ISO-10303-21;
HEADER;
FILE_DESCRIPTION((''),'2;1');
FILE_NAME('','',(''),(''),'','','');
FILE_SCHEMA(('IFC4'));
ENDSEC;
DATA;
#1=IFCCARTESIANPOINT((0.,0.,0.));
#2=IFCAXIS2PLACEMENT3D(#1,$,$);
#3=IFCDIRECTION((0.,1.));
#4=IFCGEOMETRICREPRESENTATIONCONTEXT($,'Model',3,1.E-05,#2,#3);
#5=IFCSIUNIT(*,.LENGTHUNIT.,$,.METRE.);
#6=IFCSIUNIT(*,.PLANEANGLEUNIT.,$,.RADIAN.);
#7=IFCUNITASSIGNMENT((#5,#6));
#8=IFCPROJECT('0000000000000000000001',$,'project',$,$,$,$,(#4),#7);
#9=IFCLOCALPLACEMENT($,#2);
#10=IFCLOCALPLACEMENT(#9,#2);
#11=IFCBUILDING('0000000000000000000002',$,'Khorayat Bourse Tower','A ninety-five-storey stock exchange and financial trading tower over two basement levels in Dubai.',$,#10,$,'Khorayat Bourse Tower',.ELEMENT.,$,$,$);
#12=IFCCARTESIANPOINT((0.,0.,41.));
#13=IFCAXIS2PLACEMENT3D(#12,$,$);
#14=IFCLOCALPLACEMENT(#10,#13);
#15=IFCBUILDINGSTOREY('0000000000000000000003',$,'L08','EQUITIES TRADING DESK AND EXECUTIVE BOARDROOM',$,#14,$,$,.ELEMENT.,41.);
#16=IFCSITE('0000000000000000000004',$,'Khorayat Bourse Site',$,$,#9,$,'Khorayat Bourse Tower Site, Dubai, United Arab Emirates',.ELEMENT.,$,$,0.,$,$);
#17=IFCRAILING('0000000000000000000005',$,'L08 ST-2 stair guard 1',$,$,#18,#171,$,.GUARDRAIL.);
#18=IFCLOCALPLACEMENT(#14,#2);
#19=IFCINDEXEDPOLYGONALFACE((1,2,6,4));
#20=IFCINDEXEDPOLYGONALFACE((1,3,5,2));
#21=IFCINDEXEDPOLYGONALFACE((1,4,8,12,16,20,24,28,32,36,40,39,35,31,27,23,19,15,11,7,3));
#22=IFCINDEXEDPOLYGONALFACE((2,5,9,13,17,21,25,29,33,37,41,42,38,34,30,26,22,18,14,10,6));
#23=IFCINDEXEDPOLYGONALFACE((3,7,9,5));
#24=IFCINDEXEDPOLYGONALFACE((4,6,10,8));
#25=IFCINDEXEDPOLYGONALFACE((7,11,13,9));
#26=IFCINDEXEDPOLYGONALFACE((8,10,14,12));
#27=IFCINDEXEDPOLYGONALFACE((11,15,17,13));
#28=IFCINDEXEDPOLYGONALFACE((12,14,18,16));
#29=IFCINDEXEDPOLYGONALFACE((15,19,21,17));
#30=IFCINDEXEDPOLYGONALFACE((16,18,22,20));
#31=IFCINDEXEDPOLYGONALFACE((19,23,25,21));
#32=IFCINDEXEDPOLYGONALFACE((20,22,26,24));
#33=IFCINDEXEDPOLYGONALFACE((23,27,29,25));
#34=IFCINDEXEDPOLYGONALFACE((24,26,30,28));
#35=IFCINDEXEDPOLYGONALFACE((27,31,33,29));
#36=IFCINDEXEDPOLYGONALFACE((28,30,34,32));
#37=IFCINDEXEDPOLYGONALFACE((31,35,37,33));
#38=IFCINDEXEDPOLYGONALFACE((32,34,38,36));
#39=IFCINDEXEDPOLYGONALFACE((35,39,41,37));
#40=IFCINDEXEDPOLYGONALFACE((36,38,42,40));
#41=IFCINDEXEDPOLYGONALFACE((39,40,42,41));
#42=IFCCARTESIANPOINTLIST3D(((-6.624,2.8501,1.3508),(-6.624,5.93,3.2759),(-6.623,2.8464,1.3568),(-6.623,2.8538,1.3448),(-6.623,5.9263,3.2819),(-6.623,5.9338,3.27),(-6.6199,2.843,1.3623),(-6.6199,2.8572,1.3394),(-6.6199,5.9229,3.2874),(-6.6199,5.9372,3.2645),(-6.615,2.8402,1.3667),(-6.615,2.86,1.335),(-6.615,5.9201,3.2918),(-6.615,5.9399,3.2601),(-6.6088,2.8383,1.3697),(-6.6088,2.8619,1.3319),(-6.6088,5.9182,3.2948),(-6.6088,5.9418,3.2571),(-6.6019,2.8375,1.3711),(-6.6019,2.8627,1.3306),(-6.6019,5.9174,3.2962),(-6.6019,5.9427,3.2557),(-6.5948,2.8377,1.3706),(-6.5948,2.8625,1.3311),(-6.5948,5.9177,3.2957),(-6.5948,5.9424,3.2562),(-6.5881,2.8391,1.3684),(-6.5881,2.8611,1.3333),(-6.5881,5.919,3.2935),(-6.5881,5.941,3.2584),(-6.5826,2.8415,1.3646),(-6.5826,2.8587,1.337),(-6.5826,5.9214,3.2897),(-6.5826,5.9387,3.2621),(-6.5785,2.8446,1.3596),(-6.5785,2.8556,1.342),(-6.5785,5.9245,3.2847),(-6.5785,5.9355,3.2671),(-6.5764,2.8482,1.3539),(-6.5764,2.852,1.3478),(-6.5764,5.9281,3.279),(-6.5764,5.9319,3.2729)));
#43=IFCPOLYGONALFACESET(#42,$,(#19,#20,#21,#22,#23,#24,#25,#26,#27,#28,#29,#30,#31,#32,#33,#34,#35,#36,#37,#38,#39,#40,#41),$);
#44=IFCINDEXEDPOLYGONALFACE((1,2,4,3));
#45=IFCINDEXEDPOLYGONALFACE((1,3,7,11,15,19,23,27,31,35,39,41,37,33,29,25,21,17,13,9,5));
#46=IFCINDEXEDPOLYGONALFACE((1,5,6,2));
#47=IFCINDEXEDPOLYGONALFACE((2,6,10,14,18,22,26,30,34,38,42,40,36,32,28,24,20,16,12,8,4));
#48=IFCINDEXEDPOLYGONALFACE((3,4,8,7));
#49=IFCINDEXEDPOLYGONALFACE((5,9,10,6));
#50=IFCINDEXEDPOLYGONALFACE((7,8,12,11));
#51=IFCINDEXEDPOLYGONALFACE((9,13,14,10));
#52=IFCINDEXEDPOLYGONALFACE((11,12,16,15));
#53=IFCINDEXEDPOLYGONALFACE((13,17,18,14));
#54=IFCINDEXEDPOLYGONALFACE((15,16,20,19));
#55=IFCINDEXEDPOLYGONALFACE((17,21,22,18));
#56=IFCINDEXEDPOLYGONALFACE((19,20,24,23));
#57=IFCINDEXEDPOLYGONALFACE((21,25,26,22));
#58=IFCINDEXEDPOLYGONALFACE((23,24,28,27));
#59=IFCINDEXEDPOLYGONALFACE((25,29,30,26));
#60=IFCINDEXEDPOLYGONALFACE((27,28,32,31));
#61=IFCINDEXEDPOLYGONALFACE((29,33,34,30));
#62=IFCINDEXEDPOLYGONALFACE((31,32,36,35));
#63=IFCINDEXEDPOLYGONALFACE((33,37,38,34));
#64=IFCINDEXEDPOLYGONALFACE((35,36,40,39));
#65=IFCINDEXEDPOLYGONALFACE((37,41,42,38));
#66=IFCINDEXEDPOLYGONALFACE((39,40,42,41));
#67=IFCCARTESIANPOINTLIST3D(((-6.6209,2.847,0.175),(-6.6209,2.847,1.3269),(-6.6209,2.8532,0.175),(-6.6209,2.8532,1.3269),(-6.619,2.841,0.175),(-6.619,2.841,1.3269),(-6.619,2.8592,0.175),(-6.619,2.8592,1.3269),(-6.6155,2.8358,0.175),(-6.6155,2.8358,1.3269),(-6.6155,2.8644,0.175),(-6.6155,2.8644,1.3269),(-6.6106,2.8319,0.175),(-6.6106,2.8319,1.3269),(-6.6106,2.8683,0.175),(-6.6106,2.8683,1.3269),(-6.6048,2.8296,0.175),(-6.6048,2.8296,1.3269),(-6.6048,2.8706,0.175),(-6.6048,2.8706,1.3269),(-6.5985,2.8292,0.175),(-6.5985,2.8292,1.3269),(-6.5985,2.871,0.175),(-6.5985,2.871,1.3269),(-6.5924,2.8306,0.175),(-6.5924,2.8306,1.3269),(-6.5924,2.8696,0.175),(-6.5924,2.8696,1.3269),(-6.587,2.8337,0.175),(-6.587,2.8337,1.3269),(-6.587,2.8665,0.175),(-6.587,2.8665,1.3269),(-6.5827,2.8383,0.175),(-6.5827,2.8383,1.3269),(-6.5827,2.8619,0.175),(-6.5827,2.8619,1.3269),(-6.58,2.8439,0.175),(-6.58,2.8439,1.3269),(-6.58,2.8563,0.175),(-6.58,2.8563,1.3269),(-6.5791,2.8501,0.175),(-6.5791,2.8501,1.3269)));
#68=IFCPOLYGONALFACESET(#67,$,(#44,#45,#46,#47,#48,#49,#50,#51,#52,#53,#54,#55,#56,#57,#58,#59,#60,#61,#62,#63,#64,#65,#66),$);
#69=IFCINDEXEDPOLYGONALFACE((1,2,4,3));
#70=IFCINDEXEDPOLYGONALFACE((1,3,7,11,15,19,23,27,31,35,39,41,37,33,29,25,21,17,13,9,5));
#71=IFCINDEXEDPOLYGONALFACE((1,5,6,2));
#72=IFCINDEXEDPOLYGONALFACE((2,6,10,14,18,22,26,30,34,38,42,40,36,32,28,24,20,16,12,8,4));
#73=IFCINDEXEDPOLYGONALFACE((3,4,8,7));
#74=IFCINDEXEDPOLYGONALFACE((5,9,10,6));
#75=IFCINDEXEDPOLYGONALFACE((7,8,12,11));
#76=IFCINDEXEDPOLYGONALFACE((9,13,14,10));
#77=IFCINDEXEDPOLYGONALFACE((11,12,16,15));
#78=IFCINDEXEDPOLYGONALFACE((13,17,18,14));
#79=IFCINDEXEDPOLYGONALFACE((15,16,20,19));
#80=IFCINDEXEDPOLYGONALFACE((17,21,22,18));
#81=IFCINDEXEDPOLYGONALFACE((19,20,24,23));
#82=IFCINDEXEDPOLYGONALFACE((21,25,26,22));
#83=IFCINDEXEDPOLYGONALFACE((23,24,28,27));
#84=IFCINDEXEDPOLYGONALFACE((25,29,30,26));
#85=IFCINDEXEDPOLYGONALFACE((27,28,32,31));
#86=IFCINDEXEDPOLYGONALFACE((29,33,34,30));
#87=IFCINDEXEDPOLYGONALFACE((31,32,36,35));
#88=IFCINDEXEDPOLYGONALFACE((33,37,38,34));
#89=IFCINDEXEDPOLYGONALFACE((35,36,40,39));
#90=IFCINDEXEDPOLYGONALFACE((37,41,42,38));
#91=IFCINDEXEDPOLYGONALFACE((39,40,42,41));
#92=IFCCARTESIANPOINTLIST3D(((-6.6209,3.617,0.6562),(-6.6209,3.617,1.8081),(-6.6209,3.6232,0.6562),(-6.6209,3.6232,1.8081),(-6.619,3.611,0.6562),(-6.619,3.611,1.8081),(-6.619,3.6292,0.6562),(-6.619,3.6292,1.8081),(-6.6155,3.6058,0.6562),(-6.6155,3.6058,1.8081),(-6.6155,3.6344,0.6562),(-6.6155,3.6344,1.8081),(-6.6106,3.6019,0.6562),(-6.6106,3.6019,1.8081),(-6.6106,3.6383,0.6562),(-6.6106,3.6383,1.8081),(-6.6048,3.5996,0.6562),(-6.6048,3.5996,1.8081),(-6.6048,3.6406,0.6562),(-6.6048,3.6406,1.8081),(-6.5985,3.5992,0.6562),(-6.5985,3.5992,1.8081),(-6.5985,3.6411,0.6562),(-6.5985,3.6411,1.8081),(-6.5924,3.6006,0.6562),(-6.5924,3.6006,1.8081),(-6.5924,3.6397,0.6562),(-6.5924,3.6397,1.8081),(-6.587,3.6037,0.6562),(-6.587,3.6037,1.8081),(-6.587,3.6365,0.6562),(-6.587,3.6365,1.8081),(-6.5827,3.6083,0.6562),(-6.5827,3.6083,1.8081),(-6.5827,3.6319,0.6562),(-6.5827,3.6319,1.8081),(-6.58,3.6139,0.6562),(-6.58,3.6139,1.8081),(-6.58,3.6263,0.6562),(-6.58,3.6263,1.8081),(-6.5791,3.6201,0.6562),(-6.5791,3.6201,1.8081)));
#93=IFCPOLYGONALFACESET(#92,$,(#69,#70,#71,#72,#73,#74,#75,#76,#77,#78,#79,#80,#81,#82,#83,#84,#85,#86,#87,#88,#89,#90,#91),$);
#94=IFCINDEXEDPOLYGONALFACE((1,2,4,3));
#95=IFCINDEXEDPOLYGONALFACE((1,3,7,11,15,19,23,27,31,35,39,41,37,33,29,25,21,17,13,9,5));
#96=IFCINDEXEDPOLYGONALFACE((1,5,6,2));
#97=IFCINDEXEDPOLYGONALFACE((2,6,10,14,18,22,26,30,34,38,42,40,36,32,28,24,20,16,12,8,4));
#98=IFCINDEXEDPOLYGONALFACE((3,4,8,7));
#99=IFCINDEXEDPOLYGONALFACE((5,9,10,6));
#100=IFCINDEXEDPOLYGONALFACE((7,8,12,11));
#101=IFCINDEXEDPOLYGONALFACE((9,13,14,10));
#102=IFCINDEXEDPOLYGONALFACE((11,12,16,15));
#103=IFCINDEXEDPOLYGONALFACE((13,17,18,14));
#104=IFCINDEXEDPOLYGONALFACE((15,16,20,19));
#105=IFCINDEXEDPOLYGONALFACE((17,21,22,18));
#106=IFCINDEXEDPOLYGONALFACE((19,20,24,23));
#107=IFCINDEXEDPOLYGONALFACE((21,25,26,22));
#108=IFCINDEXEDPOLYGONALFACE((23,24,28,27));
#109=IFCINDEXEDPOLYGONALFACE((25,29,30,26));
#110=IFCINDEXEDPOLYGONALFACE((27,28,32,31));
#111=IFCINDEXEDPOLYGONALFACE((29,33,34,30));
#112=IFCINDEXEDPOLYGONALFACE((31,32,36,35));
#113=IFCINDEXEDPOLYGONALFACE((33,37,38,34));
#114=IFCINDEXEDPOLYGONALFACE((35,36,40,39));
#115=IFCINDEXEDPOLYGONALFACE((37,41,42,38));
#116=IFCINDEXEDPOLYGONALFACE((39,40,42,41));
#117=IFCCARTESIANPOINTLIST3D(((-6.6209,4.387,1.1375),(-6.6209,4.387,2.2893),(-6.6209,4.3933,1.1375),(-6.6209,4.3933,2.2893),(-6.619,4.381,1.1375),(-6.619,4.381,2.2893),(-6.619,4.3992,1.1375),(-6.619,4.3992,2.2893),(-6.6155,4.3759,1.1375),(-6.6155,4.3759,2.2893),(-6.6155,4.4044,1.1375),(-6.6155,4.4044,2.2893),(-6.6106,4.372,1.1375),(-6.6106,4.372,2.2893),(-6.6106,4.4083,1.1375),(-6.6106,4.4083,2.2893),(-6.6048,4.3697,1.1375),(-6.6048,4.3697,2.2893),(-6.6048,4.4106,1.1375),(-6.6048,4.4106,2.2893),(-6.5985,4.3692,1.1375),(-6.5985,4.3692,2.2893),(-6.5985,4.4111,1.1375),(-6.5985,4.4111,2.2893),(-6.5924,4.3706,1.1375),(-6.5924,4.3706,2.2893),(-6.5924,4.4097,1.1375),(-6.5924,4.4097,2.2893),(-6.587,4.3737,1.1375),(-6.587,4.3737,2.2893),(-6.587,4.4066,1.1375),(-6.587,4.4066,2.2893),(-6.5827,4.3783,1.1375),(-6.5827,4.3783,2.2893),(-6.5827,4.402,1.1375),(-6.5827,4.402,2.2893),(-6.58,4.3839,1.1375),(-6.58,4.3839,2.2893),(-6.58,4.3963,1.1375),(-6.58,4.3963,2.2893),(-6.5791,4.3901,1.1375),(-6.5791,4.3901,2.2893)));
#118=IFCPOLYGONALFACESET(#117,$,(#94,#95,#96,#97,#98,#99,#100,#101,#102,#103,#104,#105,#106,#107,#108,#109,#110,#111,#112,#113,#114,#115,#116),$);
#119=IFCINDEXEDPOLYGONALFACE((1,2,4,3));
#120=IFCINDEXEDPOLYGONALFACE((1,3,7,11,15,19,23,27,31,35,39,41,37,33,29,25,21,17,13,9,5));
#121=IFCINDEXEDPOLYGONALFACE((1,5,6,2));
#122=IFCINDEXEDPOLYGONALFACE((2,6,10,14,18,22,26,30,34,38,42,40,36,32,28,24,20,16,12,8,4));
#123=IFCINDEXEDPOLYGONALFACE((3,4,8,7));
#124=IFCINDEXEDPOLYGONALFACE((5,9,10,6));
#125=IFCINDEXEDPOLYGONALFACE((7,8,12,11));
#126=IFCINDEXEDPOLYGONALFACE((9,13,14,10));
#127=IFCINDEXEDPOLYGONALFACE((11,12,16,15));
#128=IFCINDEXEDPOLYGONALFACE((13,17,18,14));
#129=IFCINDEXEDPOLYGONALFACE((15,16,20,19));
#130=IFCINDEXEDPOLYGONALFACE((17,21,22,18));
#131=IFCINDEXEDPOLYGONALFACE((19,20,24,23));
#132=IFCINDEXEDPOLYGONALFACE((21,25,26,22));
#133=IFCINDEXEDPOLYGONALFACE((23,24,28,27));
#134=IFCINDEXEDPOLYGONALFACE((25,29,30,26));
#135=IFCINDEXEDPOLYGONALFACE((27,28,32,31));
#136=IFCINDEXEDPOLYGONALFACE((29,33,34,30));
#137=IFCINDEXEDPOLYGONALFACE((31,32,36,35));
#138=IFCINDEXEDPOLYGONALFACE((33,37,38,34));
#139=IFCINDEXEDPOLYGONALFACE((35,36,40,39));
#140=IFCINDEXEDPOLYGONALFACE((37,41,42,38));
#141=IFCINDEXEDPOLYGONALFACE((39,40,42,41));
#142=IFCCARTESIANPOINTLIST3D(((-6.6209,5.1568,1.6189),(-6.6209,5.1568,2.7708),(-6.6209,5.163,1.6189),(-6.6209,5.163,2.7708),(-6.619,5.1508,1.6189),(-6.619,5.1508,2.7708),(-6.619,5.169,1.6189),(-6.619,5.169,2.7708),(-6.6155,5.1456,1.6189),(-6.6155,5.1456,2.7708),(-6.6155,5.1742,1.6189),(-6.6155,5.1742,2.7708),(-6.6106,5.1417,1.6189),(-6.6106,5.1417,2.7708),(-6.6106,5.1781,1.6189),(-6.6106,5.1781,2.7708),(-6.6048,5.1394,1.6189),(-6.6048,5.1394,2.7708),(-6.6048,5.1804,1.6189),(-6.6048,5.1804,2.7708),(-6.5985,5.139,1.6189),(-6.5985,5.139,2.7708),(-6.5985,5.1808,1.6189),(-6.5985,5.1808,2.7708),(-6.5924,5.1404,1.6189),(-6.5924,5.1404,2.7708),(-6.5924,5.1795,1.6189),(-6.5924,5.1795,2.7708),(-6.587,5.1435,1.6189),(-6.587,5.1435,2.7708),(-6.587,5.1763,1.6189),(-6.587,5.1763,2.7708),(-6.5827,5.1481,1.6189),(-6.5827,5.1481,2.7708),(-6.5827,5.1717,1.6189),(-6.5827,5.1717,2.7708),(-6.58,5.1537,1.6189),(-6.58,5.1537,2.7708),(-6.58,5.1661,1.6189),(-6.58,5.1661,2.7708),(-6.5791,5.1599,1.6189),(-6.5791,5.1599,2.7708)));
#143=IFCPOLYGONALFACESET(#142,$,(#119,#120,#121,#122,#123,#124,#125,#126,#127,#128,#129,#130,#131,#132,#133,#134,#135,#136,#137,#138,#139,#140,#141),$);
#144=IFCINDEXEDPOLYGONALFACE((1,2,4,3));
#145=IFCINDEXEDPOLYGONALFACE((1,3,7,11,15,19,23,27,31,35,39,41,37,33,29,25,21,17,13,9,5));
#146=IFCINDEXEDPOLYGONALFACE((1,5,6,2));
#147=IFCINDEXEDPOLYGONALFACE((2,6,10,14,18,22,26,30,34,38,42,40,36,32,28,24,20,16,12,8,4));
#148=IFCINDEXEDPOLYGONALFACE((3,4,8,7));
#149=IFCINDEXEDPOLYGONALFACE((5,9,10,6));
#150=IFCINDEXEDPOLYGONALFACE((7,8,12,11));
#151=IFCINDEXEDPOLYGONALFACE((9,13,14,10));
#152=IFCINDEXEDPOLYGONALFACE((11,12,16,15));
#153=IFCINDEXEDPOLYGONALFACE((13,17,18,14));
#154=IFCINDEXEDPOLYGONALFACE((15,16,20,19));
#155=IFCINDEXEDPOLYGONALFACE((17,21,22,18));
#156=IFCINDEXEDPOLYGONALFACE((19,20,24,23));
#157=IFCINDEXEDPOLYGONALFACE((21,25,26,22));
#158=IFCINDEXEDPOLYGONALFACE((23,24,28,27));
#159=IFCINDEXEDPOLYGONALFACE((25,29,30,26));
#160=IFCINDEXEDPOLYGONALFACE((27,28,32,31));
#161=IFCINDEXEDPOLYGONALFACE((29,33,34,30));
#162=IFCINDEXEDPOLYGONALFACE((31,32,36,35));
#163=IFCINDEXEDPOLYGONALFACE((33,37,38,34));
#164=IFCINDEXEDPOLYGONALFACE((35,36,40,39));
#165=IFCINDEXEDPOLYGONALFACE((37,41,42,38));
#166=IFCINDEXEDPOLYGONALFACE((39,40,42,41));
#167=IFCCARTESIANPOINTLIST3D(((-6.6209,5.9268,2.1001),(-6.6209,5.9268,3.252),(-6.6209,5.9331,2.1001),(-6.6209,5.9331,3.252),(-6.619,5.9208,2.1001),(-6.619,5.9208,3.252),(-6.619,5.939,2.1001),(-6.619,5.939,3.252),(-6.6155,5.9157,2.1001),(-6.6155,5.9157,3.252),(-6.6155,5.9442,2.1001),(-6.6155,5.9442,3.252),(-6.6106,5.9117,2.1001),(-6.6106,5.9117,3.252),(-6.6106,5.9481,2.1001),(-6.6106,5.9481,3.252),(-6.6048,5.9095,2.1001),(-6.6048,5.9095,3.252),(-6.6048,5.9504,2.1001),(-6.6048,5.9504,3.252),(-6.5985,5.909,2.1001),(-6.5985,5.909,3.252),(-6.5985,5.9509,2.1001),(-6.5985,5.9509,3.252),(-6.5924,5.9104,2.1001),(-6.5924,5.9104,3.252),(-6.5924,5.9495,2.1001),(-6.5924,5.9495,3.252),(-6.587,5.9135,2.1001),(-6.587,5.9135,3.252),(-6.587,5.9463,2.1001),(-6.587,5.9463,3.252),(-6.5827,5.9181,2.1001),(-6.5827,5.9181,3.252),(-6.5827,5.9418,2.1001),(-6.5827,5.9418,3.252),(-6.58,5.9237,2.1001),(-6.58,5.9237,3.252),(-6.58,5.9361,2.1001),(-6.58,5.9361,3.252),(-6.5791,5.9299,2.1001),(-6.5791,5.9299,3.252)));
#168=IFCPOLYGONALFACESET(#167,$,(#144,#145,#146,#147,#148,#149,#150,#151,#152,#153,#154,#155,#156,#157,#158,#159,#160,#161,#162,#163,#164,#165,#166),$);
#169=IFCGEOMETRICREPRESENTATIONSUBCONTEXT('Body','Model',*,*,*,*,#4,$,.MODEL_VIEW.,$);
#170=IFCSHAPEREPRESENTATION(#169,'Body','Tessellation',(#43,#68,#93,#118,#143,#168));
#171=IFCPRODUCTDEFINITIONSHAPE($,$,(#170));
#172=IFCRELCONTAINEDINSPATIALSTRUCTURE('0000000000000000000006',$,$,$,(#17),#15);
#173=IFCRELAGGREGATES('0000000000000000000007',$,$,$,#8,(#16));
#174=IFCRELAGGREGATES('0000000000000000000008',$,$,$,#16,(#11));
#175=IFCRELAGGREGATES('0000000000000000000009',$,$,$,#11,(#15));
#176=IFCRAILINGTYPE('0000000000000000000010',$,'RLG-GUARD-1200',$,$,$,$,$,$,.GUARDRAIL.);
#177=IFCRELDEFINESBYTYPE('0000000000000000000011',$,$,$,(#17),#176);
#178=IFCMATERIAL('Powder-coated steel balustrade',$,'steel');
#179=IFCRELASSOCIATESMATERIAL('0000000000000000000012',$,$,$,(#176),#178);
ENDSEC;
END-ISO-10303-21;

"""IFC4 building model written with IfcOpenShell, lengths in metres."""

from ifc_helpers import new_model, si_unit, direction, frame, origin, origin_2d, place, context, subcontext, project, spatial, circle, extrude, source, transform, mapped, material, type_object, element, save


model = new_model("IFC4")

# Units and contexts
model_context = context("Model", 3, precision=1e-05, world=origin(), true_north=direction((0.0, 1.0)))
body_context = subcontext(model_context, "Body", "Model", "MODEL_VIEW")
ifc_project = project(units=[si_unit("LENGTHUNIT", "METRE"), si_unit("PLANEANGLEUNIT", "RADIAN")], contexts=[model_context])

# Site, building, storey
site_placement = place(None, origin())
site = spatial("IfcSite", under=ifc_project, at=site_placement, Name="Khorayat Bourse Site", LongName="Khorayat Bourse Tower Site, Dubai, United Arab Emirates", CompositionType="ELEMENT", RefElevation=0.0)
building_placement = place(site_placement, origin())
building = spatial("IfcBuilding", under=site, at=building_placement, Name="Khorayat Bourse Tower", Description="A ninety-five-storey stock exchange and financial trading tower over two basement levels in Dubai.", LongName="Khorayat Bourse Tower", CompositionType="ELEMENT")
storey_placement = place(building_placement, frame((0.0, 0.0, 41.0)))
storey = spatial("IfcBuildingStorey", under=building, at=storey_placement, Name="L08", Description="EQUITIES TRADING DESK AND EXECUTIVE BOARDROOM", CompositionType="ELEMENT", Elevation=41.0)

# Railing
ifc_material_1 = material(Name="Powder-coated steel balustrade", Category="steel")
railing_type_1 = type_object("IfcRailingType", Name="RLG-GUARD-1200", PredefinedType="GUARDRAIL", material=ifc_material_1)
shared_shape_1 = source(origin(), body_context, "Body", "SweptSolid", [
    extrude(circle(Radius=0.0239, at=origin_2d()), frame((0.0, 0.0, 1.1758), z_axis=(0.0, 0.847979, 0.530029), x_axis=(-1.0, 0.0, 0.0)), (0.0, 0.0, 1.0), 3.6321),
    extrude(circle(Radius=0.021, at=origin_2d()), origin(), (0.0, 0.0, 1.0), 1.1519),
    extrude(circle(Radius=0.021, at=origin_2d()), frame((0.0, 0.77, 0.4812)), (0.0, 0.0, 1.0), 1.1519),
    extrude(circle(Radius=0.021, at=origin_2d()), frame((0.0, 1.54, 0.9624)), (0.0, 0.0, 1.0), 1.1519),
    extrude(circle(Radius=0.021, at=origin_2d()), frame((0.0, 2.3098, 1.4438)), (0.0, 0.0, 1.0), 1.1519),
    extrude(circle(Radius=0.021, at=origin_2d()), frame((0.0, 3.0798, 1.925)), (0.0, 0.0, 1.0), 1.1519),
])
railing_1_placement = place(storey_placement, frame((-6.6001, 2.8501, 0.175)))
element("IfcRailing", 1, at=railing_1_placement, inside=storey, type_object=railing_type_1, Name="L08 ST-2 stair guard 1", PredefinedType="GUARDRAIL", context=body_context, shape_type="MappedRepresentation", body=[
    mapped(shared_shape_1, transform((0.0, 0.0, 0.0), scale=1.0)),
])

save(model, "model.ifc")
